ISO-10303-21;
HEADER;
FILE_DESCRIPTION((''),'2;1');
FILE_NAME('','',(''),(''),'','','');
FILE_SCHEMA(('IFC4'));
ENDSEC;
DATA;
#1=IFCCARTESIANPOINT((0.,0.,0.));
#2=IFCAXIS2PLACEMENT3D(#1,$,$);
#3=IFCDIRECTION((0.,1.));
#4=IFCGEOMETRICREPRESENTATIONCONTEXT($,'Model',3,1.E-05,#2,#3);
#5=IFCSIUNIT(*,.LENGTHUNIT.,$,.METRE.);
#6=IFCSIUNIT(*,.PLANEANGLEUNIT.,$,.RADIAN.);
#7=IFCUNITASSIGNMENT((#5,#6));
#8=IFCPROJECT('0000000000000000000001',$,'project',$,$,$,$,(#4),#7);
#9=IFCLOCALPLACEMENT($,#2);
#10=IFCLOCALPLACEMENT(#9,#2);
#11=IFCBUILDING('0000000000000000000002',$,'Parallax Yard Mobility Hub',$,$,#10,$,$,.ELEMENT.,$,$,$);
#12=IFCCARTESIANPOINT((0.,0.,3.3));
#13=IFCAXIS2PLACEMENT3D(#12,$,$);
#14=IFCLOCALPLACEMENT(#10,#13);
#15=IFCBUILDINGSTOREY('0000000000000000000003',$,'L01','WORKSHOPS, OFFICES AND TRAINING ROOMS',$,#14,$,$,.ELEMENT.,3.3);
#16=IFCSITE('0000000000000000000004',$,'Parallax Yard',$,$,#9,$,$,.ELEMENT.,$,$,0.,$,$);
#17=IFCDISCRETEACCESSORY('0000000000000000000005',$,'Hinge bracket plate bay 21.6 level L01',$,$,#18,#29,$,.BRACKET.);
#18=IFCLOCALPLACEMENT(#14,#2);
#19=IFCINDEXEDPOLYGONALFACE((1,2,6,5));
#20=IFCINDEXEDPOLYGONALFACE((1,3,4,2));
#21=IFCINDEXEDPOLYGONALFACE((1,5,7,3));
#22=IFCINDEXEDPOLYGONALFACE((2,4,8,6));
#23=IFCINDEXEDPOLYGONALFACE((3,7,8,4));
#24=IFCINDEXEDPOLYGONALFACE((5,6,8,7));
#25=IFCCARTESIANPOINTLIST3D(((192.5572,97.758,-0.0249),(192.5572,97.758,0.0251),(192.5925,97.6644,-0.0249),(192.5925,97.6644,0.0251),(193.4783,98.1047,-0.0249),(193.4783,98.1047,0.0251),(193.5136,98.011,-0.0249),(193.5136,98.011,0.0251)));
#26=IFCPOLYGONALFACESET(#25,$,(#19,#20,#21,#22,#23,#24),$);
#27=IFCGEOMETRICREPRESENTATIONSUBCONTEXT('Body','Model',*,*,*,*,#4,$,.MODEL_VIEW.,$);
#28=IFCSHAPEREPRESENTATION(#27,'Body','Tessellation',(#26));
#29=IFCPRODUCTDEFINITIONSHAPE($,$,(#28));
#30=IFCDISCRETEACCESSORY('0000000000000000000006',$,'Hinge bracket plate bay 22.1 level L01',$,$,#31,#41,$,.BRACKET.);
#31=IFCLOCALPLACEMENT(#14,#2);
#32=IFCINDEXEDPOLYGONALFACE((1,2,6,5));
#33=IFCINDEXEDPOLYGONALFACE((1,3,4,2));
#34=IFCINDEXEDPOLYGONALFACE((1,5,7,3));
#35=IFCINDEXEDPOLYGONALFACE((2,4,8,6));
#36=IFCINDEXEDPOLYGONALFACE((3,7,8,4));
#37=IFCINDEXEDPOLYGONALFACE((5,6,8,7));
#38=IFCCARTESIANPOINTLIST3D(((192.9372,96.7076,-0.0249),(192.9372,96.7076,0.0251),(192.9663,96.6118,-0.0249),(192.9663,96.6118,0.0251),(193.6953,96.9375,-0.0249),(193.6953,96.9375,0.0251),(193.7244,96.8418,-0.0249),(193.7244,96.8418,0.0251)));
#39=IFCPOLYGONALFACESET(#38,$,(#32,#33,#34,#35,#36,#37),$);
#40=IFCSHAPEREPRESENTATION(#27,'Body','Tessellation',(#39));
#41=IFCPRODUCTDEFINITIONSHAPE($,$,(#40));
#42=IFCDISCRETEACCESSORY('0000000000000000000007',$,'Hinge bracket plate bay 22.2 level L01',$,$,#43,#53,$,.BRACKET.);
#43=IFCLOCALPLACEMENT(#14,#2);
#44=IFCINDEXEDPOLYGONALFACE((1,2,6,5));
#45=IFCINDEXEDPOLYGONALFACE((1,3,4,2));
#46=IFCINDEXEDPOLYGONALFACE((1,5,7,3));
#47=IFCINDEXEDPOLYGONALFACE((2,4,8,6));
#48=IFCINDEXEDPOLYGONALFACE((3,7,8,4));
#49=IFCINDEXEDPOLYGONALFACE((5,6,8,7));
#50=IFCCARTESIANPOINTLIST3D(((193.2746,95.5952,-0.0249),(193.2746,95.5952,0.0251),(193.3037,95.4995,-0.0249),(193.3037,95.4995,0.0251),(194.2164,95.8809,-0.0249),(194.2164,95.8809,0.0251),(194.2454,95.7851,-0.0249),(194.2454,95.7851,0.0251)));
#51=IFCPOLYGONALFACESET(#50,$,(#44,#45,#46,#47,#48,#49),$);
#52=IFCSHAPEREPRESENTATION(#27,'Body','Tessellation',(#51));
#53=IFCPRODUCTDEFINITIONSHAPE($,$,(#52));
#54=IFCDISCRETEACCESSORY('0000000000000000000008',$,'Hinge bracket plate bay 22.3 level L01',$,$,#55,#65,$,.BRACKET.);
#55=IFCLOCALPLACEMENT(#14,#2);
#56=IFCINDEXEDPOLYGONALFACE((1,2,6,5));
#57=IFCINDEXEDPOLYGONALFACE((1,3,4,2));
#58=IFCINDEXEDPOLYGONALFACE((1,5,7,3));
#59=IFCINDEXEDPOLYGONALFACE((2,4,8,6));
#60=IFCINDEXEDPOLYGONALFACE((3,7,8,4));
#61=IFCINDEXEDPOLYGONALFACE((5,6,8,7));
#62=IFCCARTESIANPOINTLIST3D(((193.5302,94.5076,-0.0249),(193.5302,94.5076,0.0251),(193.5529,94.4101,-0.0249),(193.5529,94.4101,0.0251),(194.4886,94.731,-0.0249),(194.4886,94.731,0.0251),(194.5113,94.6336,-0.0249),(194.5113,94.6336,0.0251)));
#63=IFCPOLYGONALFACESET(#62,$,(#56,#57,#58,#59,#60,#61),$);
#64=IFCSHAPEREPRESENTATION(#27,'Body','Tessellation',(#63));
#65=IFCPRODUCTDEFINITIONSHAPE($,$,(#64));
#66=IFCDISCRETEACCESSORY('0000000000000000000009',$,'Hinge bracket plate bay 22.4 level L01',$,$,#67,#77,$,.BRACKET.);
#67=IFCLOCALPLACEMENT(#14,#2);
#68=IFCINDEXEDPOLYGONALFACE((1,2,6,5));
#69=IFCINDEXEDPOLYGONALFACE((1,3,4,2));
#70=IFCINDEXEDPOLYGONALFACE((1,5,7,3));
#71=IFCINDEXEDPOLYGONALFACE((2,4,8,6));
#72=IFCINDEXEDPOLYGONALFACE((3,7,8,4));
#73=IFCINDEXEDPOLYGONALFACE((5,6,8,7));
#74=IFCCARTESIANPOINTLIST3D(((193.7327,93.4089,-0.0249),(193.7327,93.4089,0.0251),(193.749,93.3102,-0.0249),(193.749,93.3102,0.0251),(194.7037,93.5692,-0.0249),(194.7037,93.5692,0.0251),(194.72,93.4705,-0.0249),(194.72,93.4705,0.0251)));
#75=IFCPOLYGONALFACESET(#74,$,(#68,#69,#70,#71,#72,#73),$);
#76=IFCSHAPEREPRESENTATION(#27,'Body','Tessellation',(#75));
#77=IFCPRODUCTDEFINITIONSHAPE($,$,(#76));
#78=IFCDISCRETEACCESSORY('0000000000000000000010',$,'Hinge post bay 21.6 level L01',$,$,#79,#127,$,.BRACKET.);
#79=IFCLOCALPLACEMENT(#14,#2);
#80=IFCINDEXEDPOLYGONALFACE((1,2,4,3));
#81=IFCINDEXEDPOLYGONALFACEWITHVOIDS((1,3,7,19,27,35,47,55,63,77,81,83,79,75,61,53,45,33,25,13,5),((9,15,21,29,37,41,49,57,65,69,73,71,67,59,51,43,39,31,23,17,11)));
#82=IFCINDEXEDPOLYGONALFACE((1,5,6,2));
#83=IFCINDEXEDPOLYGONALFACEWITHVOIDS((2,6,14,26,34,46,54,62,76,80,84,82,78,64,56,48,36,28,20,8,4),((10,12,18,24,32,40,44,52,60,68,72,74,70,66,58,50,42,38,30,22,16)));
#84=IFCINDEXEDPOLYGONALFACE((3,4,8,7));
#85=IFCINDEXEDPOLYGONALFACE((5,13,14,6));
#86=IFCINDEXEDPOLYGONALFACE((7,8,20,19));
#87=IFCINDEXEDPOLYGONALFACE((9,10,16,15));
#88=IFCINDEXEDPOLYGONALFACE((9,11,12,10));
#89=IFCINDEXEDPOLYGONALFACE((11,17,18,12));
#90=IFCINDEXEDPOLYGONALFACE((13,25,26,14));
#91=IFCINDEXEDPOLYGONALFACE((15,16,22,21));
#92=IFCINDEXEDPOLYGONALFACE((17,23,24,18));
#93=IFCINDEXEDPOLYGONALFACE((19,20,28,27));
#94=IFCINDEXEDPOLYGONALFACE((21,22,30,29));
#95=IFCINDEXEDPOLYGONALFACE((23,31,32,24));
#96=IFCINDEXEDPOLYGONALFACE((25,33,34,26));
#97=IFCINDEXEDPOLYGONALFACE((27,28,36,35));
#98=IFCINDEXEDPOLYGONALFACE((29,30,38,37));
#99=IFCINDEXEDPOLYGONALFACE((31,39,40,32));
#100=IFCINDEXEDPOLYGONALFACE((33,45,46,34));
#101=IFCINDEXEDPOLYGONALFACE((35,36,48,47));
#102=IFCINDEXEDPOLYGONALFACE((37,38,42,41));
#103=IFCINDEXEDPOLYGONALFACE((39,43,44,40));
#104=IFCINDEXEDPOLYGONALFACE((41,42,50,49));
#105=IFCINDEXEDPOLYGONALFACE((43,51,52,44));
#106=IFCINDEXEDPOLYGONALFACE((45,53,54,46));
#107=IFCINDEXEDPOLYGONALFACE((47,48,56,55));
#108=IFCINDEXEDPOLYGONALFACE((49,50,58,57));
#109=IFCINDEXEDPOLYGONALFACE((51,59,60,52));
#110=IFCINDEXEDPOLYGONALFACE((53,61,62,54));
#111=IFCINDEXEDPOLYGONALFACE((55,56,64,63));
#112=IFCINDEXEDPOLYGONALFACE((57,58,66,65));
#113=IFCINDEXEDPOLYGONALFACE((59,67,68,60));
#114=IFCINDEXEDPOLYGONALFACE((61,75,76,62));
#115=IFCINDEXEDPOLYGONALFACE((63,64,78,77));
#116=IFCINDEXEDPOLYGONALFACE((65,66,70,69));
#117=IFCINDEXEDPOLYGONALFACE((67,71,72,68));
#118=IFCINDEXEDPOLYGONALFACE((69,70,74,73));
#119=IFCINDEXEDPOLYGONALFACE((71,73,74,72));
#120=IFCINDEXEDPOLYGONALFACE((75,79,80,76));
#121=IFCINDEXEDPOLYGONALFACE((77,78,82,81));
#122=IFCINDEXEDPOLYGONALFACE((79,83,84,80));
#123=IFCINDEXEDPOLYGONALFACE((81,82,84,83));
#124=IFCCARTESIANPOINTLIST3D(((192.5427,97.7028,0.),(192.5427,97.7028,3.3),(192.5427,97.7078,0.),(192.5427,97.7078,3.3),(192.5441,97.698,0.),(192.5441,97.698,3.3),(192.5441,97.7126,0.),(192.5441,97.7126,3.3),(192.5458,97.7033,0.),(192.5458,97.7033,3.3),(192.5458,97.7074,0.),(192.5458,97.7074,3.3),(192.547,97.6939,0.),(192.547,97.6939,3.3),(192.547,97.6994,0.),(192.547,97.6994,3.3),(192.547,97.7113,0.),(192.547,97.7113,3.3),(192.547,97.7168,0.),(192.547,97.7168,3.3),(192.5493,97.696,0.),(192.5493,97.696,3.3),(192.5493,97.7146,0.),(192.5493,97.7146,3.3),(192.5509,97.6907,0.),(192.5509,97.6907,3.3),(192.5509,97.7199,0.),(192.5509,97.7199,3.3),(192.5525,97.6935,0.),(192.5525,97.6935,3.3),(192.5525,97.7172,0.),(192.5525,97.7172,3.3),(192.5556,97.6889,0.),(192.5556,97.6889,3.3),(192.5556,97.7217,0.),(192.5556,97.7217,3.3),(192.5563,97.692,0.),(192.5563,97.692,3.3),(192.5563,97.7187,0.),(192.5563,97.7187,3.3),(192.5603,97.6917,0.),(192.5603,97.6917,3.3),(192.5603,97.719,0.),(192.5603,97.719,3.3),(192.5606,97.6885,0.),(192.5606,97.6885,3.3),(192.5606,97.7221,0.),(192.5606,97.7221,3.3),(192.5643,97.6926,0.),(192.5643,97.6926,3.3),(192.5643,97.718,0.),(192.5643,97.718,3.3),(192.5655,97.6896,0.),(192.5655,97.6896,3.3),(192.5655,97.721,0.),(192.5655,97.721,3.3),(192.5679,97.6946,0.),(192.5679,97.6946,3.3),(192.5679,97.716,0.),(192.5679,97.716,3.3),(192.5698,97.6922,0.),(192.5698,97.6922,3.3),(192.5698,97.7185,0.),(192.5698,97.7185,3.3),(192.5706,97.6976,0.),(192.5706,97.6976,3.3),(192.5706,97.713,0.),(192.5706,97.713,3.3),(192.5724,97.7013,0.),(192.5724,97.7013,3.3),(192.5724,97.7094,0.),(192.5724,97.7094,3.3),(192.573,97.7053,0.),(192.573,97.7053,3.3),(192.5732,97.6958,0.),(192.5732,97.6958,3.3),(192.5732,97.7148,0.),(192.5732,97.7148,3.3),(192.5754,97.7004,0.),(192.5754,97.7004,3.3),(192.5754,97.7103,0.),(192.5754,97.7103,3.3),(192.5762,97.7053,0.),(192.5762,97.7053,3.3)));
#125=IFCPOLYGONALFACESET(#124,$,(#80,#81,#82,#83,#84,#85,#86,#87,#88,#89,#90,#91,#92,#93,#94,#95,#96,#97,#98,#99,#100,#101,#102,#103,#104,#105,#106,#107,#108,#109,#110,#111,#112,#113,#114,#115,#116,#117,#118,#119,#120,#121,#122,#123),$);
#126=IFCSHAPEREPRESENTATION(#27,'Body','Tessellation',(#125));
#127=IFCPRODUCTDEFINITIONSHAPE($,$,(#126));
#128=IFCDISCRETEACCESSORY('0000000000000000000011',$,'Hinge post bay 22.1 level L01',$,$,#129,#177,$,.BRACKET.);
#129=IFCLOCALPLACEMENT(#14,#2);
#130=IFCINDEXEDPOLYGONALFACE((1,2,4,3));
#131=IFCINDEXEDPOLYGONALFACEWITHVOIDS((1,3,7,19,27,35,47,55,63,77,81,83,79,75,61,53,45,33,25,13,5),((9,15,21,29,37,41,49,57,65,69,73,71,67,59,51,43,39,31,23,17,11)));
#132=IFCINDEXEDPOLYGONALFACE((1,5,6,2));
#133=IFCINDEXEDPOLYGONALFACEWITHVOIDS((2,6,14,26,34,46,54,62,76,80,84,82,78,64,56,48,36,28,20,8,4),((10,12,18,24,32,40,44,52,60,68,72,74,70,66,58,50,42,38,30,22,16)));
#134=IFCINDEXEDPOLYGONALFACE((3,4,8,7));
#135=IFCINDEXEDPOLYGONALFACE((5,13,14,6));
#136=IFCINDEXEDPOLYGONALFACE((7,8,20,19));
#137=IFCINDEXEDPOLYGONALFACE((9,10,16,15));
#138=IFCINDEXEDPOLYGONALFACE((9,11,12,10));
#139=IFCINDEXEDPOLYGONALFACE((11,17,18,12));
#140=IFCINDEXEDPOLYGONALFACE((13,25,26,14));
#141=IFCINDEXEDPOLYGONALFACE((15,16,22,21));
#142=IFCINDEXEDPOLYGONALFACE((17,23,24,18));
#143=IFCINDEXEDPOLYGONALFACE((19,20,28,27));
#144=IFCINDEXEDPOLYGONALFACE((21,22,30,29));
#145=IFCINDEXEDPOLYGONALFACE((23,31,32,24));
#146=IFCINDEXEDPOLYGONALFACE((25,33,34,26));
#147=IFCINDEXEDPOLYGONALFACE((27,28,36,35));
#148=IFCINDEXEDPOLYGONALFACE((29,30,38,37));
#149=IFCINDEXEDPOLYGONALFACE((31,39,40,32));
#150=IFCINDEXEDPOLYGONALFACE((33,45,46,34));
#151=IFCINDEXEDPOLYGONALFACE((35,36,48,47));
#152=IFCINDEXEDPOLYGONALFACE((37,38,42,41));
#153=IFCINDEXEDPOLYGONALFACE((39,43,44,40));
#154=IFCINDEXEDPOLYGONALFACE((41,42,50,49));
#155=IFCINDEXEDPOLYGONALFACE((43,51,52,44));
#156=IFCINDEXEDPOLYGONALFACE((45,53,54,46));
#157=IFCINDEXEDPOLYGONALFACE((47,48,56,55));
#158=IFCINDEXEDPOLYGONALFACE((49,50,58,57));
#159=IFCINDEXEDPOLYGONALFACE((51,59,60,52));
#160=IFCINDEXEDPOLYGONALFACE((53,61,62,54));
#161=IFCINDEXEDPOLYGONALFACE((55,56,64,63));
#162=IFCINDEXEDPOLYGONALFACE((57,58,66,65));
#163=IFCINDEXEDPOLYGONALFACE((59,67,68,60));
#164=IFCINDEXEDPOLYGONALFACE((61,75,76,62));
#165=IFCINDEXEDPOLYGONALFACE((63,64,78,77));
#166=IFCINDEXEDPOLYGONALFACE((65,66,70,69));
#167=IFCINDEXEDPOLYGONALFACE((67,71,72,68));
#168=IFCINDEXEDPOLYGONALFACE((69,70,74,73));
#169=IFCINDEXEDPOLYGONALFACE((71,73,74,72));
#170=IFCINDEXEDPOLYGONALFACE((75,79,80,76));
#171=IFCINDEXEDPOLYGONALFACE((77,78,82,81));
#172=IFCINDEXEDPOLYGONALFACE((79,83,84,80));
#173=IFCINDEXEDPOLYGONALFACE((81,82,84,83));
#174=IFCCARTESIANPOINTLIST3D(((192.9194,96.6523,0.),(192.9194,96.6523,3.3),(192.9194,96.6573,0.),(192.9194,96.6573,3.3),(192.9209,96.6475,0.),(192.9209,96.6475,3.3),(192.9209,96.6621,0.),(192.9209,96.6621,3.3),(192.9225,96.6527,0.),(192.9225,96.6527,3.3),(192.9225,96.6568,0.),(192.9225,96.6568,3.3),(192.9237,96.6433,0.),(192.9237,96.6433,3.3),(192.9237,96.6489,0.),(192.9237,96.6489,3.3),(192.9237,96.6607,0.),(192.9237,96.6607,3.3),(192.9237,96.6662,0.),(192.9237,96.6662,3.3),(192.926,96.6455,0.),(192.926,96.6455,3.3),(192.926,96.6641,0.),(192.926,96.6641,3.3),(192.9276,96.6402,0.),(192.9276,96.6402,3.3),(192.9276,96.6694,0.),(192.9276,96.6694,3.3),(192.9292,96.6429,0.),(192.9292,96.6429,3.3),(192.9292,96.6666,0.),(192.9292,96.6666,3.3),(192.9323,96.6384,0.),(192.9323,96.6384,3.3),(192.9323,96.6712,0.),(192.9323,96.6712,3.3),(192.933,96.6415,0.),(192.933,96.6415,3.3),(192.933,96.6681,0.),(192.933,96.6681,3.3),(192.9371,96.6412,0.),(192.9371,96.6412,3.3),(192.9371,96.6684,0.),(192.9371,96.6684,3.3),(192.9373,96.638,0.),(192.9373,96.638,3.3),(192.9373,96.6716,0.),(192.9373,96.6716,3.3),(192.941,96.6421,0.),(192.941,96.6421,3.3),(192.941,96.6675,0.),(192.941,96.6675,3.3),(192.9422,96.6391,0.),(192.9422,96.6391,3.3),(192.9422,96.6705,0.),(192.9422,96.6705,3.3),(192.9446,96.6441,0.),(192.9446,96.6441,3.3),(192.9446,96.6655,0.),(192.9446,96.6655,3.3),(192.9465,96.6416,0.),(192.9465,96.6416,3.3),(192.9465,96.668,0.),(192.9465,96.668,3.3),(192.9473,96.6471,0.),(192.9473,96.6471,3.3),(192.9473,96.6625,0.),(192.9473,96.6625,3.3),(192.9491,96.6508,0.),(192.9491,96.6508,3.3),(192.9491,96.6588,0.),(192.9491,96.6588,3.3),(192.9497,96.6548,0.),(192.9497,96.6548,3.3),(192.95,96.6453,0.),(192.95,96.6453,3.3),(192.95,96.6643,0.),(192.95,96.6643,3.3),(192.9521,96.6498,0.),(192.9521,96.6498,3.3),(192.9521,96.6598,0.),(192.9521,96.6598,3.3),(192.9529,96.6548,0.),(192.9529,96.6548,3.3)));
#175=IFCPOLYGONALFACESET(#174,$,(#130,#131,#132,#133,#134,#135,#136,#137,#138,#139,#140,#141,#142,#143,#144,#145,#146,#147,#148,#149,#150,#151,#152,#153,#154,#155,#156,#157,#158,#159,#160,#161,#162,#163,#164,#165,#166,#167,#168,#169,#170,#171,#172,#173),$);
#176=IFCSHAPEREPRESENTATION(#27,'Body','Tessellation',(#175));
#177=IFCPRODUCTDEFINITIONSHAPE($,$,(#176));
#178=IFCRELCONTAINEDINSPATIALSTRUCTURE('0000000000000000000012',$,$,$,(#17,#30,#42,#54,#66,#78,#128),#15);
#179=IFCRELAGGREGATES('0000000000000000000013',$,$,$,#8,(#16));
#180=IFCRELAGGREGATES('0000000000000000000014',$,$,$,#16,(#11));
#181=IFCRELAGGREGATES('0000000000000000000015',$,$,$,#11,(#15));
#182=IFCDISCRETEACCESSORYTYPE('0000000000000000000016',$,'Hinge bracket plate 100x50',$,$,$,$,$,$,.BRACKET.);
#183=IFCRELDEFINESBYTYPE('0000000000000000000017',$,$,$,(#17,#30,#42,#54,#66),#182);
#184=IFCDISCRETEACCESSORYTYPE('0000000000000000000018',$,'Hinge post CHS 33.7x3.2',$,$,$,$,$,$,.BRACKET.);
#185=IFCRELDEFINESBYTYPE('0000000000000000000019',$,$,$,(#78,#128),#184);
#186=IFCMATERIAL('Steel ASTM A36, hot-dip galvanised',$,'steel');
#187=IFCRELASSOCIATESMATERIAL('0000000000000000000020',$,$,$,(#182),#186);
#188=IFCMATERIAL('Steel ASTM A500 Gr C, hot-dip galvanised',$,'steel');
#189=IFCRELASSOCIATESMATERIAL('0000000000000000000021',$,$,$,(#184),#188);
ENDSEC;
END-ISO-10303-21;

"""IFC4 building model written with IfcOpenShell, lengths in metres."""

from ifc_helpers import new_model, si_unit, direction, frame, origin, origin_2d, place, context, subcontext, project, spatial, rectangle, hollow_circle, extrude, material, material_profile, profile_set, type_object, element, save


model = new_model("IFC4")

# Units and contexts
model_context = context("Model", 3, precision=1e-05, world=origin(), true_north=direction((0.0, 1.0)))
body_context = subcontext(model_context, "Body", "Model", "MODEL_VIEW")
ifc_project = project(units=[si_unit("LENGTHUNIT", "METRE"), si_unit("PLANEANGLEUNIT", "RADIAN")], contexts=[model_context])

# Site, building, storey
site_placement = place(None, origin())
site = spatial("IfcSite", under=ifc_project, at=site_placement, Name="Parallax Yard", CompositionType="ELEMENT", RefElevation=0.0)
building_placement = place(site_placement, origin())
building = spatial("IfcBuilding", under=site, at=building_placement, Name="Parallax Yard Mobility Hub", CompositionType="ELEMENT")
storey_placement = place(building_placement, frame((0.0, 0.0, 3.3)))
storey = spatial("IfcBuildingStorey", under=building, at=storey_placement, Name="L01", Description="WORKSHOPS, OFFICES AND TRAINING ROOMS", CompositionType="ELEMENT", Elevation=3.3)

# Discrete accessories
ifc_material_1 = material(Name="Steel ASTM A36, hot-dip galvanised", Category="steel")
discrete_accessory_type_1 = type_object("IfcDiscreteAccessoryType", Name="Hinge bracket plate 100x50", PredefinedType="BRACKET", material=ifc_material_1)
discrete_accessory_1_placement = place(storey_placement, frame((193.0354, 97.8845, -0.0249), z_axis=(0.0, 0.0, 1.0), x_axis=(-0.935906, -0.35225, 0.0)))
element("IfcDiscreteAccessory", 1, at=discrete_accessory_1_placement, inside=storey, type_object=discrete_accessory_type_1, Name="Hinge bracket plate bay 21.6 level L01", PredefinedType="BRACKET", context=body_context, shape_type="SweptSolid", body=[
    extrude(rectangle(XDim=0.9841, YDim=0.1001, at=origin_2d()), origin(), (0.0, 0.0, 1.0), 0.05),
])
discrete_accessory_2_placement = place(storey_placement, frame((193.3308, 96.7747, -0.0249), z_axis=(0.0, 0.0, 1.0), x_axis=(-0.95694, -0.290285, 0.0)))
element("IfcDiscreteAccessory", 2, at=discrete_accessory_2_placement, inside=storey, type_object=discrete_accessory_type_1, Name="Hinge bracket plate bay 22.1 level L01", PredefinedType="BRACKET", context=body_context, shape_type="SweptSolid", body=[
    extrude(rectangle(XDim=0.7922, YDim=0.1001, at=origin_2d()), origin(), (0.0, 0.0, 1.0), 0.05),
])
for number, where, z_axis, x_axis, name in (
    (3, (193.76, 95.6902, -0.0249), (0.0, 0.0, 1.0), (-0.95694, -0.290285, 0.0), "Hinge bracket plate bay 22.2 level L01"),
    (4, (194.0208, 94.5706, -0.0249), (0.0, 0.0, 1.0), (-0.973877, -0.227076, 0.0), "Hinge bracket plate bay 22.3 level L01"),
    (5, (194.2263, 93.4397, -0.0249), (0.0, 0.0, 1.0), (-0.986643, -0.162895, 0.0), "Hinge bracket plate bay 22.4 level L01"),
):
    element("IfcDiscreteAccessory", number, at=place(storey_placement, frame(where, z_axis=z_axis, x_axis=x_axis)), inside=storey, type_object=discrete_accessory_type_1, Name=name, PredefinedType="BRACKET", context=body_context, shape_type="SweptSolid", body=[
        extrude(rectangle(XDim=0.9841, YDim=0.1001, at=origin_2d()), origin(), (0.0, 0.0, 1.0), 0.05),
    ])
ifc_material_2 = material(Name="Steel ASTM A500 Gr C, hot-dip galvanised", Category="steel")
ifc_material_profile_1 = material_profile(ifc_material_2, hollow_circle(Radius=0.0168, WallThickness=0.0032, at=origin_2d()), Name="CHS 33.7x3.2")
ifc_profile_set_1 = profile_set([ifc_material_profile_1], Name="Steel ASTM A500 Gr C, hot-dip galvanised")
discrete_accessory_type_2 = type_object("IfcDiscreteAccessoryType", Name="Hinge post CHS 33.7x3.2", PredefinedType="BRACKET", material=ifc_profile_set_1)
for number, where, z_axis, x_axis, name in (
    (6, (192.5593, 97.7053, 0.0), (0.0, 0.0, 1.0), (1.0, 0.0, 0.0), "Hinge post bay 21.6 level L01"),
    (7, (192.936, 96.6548, 0.0), (0.0, 0.0, 1.0), (1.0, 0.0, 0.0), "Hinge post bay 22.1 level L01"),
):
    element("IfcDiscreteAccessory", number, at=place(storey_placement, frame(where, z_axis=z_axis, x_axis=x_axis)), inside=storey, type_object=discrete_accessory_type_2, Name=name, PredefinedType="BRACKET", context=body_context, shape_type="SweptSolid", body=[
        extrude(hollow_circle(Radius=0.0168, WallThickness=0.0032, at=origin_2d()), origin(), (0.0, 0.0, 1.0), 3.3),
    ])

save(model, "model.ifc")
